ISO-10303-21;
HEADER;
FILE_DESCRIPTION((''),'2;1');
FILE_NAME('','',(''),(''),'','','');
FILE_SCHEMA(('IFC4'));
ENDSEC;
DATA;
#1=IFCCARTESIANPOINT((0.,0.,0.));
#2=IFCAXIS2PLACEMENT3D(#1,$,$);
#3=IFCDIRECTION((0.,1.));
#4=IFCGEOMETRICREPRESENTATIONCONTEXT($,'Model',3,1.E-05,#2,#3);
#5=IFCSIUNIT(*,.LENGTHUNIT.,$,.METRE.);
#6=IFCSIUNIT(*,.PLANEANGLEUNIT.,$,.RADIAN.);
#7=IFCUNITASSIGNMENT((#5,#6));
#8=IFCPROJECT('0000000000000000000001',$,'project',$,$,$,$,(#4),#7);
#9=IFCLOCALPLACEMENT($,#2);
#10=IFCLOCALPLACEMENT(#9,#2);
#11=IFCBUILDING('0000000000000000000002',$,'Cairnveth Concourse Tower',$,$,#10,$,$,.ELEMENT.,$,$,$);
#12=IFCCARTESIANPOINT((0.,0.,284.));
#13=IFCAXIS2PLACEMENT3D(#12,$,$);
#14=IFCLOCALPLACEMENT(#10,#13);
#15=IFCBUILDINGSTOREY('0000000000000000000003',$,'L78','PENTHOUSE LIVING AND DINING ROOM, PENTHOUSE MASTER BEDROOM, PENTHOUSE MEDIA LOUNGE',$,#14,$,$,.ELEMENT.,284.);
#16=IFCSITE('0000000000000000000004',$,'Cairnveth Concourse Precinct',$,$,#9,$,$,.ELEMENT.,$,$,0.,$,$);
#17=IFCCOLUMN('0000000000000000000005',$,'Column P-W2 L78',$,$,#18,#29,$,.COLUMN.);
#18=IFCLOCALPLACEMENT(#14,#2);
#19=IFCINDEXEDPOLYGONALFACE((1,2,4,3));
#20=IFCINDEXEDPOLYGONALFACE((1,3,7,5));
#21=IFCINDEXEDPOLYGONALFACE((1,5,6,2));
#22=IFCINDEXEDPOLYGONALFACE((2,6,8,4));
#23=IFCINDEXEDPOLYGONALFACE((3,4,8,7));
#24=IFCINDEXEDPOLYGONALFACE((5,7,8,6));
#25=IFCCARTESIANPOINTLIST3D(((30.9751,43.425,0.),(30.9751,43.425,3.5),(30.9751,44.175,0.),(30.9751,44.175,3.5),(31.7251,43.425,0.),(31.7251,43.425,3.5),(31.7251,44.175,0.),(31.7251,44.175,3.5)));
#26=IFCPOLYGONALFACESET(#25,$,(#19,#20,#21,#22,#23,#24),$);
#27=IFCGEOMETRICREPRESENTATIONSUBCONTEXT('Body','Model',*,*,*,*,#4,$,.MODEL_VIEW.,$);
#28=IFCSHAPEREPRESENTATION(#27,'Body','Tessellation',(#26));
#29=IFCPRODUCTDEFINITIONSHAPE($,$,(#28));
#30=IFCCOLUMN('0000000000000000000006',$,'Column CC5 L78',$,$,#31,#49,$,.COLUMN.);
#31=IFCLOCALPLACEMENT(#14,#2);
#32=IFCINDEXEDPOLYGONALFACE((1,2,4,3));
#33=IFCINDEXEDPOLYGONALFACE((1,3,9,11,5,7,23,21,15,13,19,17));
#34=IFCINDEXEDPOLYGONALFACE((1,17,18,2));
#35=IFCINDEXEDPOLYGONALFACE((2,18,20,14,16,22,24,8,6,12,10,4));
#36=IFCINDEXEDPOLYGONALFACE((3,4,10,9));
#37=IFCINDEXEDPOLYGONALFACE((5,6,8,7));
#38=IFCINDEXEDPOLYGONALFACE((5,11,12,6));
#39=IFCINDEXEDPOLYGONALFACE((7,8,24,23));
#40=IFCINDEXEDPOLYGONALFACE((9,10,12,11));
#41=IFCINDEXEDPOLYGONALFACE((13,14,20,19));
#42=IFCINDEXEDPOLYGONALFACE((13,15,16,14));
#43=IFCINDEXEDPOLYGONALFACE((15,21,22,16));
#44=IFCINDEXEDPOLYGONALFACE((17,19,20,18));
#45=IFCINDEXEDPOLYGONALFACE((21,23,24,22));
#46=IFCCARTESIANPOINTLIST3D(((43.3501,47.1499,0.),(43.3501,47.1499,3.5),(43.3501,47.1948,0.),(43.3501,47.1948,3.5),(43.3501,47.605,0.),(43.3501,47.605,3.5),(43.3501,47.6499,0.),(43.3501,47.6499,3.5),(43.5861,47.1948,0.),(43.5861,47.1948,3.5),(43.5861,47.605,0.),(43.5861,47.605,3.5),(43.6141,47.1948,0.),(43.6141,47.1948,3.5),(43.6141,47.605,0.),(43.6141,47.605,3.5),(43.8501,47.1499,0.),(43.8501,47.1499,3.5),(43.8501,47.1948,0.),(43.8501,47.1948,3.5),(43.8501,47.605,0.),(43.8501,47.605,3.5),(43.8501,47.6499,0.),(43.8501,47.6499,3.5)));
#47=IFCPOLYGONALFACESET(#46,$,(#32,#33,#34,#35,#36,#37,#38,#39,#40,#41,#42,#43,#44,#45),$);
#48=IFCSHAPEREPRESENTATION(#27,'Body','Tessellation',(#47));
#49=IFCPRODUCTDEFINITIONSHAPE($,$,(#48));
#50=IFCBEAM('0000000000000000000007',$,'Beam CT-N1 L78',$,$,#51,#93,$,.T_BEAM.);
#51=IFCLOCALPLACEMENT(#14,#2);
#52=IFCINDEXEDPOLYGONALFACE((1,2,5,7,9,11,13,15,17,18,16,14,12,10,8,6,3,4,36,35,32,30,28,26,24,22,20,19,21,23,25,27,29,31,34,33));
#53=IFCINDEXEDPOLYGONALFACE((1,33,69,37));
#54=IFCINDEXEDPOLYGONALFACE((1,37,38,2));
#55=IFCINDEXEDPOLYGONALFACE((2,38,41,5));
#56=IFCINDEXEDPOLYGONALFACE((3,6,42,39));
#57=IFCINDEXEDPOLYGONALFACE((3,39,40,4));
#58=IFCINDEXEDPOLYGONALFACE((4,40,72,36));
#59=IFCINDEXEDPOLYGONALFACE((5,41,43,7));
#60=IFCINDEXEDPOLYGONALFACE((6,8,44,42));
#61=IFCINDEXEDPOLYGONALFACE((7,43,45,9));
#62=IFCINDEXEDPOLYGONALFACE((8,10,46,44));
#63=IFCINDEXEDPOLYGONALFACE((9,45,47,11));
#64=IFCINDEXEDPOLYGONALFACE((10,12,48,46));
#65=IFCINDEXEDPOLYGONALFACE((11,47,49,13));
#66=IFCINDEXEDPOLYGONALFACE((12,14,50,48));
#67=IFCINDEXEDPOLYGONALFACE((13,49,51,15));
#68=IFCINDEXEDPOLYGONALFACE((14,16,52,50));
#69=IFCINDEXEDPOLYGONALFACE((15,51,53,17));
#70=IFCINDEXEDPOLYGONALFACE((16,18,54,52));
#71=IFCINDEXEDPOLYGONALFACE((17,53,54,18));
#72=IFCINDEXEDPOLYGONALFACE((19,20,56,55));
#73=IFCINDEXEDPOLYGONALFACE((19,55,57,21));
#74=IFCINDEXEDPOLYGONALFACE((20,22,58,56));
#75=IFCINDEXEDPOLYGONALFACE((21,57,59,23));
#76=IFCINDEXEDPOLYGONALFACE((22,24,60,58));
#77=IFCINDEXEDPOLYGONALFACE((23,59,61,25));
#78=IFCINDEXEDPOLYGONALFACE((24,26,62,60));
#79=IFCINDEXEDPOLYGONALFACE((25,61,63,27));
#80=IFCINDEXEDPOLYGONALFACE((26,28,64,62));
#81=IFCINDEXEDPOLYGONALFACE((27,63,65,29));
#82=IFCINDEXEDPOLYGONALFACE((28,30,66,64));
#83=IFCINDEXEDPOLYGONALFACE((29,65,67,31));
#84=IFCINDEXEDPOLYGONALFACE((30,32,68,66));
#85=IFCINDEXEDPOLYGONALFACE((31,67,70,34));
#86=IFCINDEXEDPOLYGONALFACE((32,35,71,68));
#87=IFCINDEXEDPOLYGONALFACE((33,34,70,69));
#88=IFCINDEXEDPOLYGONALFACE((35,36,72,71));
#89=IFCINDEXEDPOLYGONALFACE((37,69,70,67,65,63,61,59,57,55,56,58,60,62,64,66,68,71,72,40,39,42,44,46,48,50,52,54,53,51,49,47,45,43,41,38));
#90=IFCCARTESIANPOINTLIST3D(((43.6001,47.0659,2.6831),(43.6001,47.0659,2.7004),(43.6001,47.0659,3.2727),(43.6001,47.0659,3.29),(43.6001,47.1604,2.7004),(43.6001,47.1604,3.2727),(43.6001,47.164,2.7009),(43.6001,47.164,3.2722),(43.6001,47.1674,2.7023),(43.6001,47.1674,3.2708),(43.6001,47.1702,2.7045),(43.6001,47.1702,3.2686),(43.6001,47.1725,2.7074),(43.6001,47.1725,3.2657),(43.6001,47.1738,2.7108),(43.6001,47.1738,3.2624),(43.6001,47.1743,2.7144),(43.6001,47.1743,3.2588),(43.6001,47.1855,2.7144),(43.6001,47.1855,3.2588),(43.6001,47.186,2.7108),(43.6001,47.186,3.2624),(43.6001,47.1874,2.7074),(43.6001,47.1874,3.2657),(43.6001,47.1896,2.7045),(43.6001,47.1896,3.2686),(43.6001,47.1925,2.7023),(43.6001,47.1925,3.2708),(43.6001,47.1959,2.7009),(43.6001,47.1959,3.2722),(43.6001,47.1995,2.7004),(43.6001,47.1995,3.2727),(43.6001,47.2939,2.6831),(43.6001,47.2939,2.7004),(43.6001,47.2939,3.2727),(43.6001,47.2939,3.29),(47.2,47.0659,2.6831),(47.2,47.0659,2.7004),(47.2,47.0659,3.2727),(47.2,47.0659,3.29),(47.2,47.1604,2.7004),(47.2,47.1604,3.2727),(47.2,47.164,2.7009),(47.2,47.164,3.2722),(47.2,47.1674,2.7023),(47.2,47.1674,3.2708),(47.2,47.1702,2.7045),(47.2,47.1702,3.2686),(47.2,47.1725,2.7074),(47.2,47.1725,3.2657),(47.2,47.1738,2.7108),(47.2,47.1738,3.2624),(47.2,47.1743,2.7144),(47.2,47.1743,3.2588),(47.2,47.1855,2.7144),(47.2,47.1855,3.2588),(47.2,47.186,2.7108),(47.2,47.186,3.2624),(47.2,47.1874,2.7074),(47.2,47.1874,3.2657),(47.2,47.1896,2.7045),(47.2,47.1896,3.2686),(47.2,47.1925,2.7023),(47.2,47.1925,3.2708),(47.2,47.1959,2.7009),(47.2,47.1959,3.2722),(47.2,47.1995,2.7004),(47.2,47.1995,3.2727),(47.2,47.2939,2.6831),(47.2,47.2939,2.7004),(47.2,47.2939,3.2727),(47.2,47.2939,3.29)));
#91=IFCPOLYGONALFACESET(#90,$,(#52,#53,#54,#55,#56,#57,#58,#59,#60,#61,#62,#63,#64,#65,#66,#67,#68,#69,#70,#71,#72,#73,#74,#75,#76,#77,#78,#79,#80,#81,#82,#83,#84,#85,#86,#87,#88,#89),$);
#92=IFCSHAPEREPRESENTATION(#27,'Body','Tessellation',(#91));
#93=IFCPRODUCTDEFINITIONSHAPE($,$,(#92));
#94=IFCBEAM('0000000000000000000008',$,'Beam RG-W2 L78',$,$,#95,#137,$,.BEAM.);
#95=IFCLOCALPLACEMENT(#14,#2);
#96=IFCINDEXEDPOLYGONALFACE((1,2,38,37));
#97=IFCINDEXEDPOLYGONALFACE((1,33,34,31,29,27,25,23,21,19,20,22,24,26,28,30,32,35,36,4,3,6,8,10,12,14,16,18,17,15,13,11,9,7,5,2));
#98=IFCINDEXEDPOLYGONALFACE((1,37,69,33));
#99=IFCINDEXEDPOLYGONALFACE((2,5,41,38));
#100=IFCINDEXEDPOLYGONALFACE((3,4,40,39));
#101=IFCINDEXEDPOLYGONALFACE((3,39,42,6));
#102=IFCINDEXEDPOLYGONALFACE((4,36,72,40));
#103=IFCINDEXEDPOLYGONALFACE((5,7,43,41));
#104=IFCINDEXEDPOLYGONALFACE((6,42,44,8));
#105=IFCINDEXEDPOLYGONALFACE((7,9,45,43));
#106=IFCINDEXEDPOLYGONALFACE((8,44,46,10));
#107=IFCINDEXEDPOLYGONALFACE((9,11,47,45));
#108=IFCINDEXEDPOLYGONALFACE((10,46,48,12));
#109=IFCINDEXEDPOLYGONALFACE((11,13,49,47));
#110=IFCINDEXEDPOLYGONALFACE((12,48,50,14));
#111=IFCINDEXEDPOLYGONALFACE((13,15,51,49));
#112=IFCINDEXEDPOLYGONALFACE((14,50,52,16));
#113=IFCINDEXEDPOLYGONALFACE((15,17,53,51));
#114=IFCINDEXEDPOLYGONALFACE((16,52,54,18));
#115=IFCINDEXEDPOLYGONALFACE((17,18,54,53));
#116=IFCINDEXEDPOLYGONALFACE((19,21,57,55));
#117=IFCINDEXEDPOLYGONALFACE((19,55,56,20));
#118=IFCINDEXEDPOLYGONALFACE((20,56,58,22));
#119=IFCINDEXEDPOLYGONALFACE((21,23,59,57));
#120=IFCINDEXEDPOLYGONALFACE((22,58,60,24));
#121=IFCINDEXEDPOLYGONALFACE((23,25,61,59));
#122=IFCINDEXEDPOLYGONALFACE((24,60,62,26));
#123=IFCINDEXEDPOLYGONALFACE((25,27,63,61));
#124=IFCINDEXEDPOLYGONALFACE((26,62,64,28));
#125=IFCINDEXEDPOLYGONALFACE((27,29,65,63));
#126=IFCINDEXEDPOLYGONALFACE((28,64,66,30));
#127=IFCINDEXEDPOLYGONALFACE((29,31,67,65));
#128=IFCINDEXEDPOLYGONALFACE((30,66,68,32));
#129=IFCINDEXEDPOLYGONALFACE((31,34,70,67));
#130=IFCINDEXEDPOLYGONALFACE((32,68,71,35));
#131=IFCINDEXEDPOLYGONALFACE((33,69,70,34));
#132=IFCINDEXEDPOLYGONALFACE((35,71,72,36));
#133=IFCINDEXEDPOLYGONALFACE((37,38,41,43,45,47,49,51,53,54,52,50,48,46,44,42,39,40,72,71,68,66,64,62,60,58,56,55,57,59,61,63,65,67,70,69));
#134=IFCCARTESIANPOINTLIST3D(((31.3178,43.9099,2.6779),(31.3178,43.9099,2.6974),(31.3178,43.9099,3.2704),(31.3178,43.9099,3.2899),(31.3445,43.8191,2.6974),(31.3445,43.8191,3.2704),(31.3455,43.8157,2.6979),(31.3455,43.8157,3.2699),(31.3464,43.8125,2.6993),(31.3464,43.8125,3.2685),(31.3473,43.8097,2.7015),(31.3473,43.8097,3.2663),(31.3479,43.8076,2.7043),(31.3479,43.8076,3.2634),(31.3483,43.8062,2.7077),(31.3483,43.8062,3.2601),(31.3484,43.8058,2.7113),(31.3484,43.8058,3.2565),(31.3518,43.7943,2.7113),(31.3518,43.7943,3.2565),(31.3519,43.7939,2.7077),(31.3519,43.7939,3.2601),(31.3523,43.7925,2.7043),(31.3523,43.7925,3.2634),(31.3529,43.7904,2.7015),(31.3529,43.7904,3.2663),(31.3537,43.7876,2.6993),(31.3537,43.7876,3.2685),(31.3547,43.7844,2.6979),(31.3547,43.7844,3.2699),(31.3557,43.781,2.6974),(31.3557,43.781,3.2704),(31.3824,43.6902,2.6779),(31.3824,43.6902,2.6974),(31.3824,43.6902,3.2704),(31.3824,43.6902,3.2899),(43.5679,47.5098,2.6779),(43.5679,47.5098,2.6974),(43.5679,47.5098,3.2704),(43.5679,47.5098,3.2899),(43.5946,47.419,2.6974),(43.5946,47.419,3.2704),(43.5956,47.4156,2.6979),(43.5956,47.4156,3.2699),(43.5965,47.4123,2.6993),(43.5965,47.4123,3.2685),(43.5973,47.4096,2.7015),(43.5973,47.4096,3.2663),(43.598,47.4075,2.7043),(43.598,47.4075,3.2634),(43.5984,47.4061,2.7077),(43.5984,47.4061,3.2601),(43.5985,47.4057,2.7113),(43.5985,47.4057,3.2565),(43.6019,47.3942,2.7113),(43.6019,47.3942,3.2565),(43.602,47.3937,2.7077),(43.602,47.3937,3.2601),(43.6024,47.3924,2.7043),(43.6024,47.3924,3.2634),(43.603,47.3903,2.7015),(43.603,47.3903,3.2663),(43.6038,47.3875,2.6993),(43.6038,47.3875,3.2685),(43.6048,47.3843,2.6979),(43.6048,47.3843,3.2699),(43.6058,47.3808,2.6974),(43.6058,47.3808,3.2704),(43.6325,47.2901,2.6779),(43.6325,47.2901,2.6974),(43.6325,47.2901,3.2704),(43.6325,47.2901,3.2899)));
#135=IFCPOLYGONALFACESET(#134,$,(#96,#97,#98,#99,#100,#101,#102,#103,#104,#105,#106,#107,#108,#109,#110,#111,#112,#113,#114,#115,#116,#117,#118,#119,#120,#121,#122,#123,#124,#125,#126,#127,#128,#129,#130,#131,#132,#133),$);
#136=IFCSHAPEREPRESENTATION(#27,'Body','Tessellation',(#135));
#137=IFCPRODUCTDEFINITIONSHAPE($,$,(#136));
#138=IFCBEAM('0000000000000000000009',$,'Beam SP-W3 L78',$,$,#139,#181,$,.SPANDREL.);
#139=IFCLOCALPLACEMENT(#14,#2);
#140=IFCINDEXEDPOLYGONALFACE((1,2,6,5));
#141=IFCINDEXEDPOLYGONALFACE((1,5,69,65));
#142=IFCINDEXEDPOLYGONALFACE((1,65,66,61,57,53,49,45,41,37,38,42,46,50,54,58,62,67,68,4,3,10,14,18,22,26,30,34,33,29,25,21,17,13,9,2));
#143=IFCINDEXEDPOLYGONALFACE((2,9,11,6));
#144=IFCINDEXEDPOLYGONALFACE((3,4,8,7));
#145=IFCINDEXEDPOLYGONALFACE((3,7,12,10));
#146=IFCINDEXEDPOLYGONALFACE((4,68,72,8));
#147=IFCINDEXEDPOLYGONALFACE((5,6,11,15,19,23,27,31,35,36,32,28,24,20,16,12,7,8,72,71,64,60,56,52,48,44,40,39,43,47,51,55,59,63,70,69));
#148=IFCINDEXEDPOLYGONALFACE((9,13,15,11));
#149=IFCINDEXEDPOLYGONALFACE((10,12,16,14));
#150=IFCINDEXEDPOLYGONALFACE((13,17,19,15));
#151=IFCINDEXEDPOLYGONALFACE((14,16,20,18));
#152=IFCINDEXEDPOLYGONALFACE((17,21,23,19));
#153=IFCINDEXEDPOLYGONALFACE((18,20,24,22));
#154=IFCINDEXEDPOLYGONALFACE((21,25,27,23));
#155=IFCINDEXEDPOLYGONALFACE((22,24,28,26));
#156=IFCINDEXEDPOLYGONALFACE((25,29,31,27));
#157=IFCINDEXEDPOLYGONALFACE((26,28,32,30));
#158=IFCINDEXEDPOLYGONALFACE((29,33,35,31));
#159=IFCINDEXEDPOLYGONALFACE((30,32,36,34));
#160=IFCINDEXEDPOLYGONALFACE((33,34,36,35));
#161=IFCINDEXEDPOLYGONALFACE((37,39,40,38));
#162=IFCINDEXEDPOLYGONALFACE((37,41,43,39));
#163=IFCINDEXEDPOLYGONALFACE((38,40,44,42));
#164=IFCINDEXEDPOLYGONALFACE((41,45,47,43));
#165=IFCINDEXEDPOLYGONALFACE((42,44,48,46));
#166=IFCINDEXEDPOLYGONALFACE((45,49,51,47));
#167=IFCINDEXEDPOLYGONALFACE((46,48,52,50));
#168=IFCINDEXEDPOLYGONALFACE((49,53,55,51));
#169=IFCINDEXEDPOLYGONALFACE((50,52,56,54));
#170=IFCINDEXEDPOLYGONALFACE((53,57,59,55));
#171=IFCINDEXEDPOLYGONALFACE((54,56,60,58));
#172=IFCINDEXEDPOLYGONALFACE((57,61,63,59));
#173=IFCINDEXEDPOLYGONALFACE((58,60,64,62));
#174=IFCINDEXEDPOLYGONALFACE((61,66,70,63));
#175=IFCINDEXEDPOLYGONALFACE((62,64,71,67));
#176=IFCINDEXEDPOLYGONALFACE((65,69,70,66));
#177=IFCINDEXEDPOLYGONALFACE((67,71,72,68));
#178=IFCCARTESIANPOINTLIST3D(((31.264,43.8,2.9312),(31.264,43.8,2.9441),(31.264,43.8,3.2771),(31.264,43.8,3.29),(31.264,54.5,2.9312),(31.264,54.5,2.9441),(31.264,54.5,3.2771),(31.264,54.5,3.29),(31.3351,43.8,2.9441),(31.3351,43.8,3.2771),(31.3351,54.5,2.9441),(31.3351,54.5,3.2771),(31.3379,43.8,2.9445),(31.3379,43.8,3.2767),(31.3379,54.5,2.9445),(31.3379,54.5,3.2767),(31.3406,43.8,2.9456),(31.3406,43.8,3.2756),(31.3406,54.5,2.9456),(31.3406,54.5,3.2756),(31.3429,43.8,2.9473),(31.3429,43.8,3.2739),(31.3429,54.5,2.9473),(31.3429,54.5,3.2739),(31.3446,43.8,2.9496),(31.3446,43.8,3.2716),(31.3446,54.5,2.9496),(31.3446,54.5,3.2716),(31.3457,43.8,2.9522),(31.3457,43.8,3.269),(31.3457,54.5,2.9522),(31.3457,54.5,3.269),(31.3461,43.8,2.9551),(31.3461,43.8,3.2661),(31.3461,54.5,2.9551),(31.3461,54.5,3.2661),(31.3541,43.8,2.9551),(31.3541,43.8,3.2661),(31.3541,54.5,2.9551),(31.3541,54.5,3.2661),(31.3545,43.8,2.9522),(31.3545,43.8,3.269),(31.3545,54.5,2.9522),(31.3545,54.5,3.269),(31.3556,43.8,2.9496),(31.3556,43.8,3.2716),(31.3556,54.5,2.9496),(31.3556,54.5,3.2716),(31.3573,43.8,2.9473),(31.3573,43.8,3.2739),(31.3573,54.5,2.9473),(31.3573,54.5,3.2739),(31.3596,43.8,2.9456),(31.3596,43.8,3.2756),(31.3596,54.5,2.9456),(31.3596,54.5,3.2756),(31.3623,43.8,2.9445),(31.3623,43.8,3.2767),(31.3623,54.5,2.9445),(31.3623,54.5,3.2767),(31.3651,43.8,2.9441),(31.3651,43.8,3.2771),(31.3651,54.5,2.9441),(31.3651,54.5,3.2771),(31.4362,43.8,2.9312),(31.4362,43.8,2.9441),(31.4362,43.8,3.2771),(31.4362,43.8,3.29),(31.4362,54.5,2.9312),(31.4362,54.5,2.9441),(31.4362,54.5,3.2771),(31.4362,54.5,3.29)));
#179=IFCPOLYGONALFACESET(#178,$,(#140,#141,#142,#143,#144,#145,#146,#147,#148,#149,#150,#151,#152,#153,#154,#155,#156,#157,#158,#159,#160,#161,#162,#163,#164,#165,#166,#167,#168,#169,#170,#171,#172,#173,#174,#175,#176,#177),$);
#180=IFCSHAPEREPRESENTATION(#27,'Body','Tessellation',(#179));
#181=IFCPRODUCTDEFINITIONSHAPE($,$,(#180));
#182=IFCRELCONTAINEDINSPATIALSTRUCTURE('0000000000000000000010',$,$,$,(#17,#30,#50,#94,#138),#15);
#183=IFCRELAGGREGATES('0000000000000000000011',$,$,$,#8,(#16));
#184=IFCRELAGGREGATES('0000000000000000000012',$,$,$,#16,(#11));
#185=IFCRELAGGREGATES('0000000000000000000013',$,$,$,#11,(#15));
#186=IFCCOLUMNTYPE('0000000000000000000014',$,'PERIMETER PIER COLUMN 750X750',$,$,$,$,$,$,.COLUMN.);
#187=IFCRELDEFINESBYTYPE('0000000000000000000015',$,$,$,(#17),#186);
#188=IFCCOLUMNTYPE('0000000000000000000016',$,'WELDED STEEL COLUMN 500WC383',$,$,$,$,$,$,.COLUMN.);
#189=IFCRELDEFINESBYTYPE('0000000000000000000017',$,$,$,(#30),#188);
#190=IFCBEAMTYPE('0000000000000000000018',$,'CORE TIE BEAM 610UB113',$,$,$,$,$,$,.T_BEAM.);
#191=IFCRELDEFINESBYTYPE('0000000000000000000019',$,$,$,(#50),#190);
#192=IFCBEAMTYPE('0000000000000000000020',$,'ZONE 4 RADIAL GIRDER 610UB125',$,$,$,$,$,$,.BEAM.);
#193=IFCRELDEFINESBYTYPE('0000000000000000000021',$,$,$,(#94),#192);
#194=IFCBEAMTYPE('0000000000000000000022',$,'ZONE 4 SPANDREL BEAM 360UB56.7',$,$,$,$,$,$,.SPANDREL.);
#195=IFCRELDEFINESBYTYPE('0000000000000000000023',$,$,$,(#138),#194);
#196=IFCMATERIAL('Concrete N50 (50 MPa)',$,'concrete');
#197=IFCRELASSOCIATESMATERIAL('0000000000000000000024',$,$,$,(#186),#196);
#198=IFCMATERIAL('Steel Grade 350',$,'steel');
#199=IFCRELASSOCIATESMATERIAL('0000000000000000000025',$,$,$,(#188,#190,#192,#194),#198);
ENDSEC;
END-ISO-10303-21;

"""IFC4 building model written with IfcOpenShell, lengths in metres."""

from ifc_helpers import new_model, si_unit, direction, frame, origin, origin_2d, place, context, subcontext, project, spatial, rectangle, i_section, extrude, material, material_profile, profile_set, type_object, element, save


model = new_model("IFC4")

# Units and contexts
model_context = context("Model", 3, precision=1e-05, world=origin(), true_north=direction((0.0, 1.0)))
body_context = subcontext(model_context, "Body", "Model", "MODEL_VIEW")
ifc_project = project(units=[si_unit("LENGTHUNIT", "METRE"), si_unit("PLANEANGLEUNIT", "RADIAN")], contexts=[model_context])

# Site, building, storey
site_placement = place(None, origin())
site = spatial("IfcSite", under=ifc_project, at=site_placement, Name="Cairnveth Concourse Precinct", CompositionType="ELEMENT", RefElevation=0.0)
building_placement = place(site_placement, origin())
building = spatial("IfcBuilding", under=site, at=building_placement, Name="Cairnveth Concourse Tower", CompositionType="ELEMENT")
storey_placement = place(building_placement, frame((0.0, 0.0, 284.0)))
storey = spatial("IfcBuildingStorey", under=building, at=storey_placement, Name="L78", Description="PENTHOUSE LIVING AND DINING ROOM, PENTHOUSE MASTER BEDROOM, PENTHOUSE MEDIA LOUNGE", CompositionType="ELEMENT", Elevation=284.0)

# Columns
ifc_material_1 = material(Name="Concrete N50 (50 MPa)", Category="concrete")
ifc_material_profile_1 = material_profile(ifc_material_1, rectangle(XDim=0.75, YDim=0.75, at=origin_2d()), Name="RC-COL-750x750")
ifc_profile_set_1 = profile_set([ifc_material_profile_1], Name="Concrete N50 (50 MPa)")
column_type_1 = type_object("IfcColumnType", Name="PERIMETER PIER COLUMN 750X750", PredefinedType="COLUMN", material=ifc_profile_set_1)
column_1_placement = place(storey_placement, frame((31.3501, 43.8, 0.0), z_axis=(0.0, 0.0, 1.0), x_axis=(0.0, 1.0, 0.0)))
element("IfcColumn", 1, at=column_1_placement, inside=storey, type_object=column_type_1, Name="Column P-W2 L78", PredefinedType="COLUMN", context=body_context, shape_type="SweptSolid", body=[
    extrude(rectangle(XDim=0.75, YDim=0.75, at=origin_2d()), origin(), (0.0, 0.0, 1.0), 3.5),
])
ifc_material_2 = material(Name="Steel Grade 350", Category="steel")
ifc_material_profile_2 = material_profile(ifc_material_2, i_section(OverallWidth=0.5, OverallDepth=0.5, WebThickness=0.0281, FlangeThickness=0.0449, at=origin_2d()), Name="500WC383")
ifc_profile_set_2 = profile_set([ifc_material_profile_2], Name="Steel Grade 350")
column_type_2 = type_object("IfcColumnType", Name="WELDED STEEL COLUMN 500WC383", PredefinedType="COLUMN", material=ifc_profile_set_2)
column_2_placement = place(storey_placement, frame((43.6001, 47.3999, 0.0), z_axis=(0.0, 0.0, 1.0), x_axis=(1.0, 0.0, 0.0)))
element("IfcColumn", 2, at=column_2_placement, inside=storey, type_object=column_type_2, Name="Column CC5 L78", PredefinedType="COLUMN", context=body_context, shape_type="SweptSolid", body=[
    extrude(i_section(OverallWidth=0.5, OverallDepth=0.5, WebThickness=0.0281, FlangeThickness=0.0449, at=origin_2d()), origin(), (0.0, 0.0, 1.0), 3.5),
])

# Beams
ifc_material_profile_3 = material_profile(ifc_material_2, i_section(OverallWidth=0.228, OverallDepth=0.6069, WebThickness=0.0112, FlangeThickness=0.0173, FilletRadius=0.0139, at=origin_2d()), Name="610UB113")
ifc_profile_set_3 = profile_set([ifc_material_profile_3], Name="Steel Grade 350")
beam_type_1 = type_object("IfcBeamType", Name="CORE TIE BEAM 610UB113", PredefinedType="T_BEAM", material=ifc_profile_set_3)
beam_1_placement = place(storey_placement, frame((43.6001, 47.1799, 2.9866), z_axis=(1.0, 0.0, 0.0), x_axis=(0.0, 1.0, 0.0)))
element("IfcBeam", 3, at=beam_1_placement, inside=storey, type_object=beam_type_1, Name="Beam CT-N1 L78", PredefinedType="T_BEAM", context=body_context, shape_type="SweptSolid", body=[
    extrude(i_section(OverallWidth=0.228, OverallDepth=0.6069, WebThickness=0.0112, FlangeThickness=0.0173, FilletRadius=0.0139, at=origin_2d()), origin(), (0.0, 0.0, 1.0), 3.5999),
])
ifc_material_profile_4 = material_profile(ifc_material_2, i_section(OverallWidth=0.229, OverallDepth=0.6121, WebThickness=0.012, FlangeThickness=0.0195, FilletRadius=0.0139, at=origin_2d()), Name="610UB125")
ifc_profile_set_4 = profile_set([ifc_material_profile_4], Name="Steel Grade 350")
beam_type_2 = type_object("IfcBeamType", Name="ZONE 4 RADIAL GIRDER 610UB125", PredefinedType="BEAM", material=ifc_profile_set_4)
beam_2_placement = place(storey_placement, frame((31.3501, 43.8, 2.9839), z_axis=(0.959431, 0.281944, 0.0), x_axis=(-0.281944, 0.959431, 0.0)))
element("IfcBeam", 4, at=beam_2_placement, inside=storey, type_object=beam_type_2, Name="Beam RG-W2 L78", PredefinedType="BEAM", context=body_context, shape_type="SweptSolid", body=[
    extrude(i_section(OverallWidth=0.229, OverallDepth=0.6121, WebThickness=0.012, FlangeThickness=0.0195, FilletRadius=0.0139, at=origin_2d()), origin(), (0.0, 0.0, 1.0), 12.7681),
])
ifc_material_profile_5 = material_profile(ifc_material_2, i_section(OverallWidth=0.1721, OverallDepth=0.3589, WebThickness=0.0081, FlangeThickness=0.0129, FilletRadius=0.011, at=origin_2d()), Name="360UB56.7")
ifc_profile_set_5 = profile_set([ifc_material_profile_5], Name="Steel Grade 350")
beam_type_3 = type_object("IfcBeamType", Name="ZONE 4 SPANDREL BEAM 360UB56.7", PredefinedType="SPANDREL", material=ifc_profile_set_5)
beam_3_placement = place(storey_placement, frame((31.3501, 43.8, 3.1106), z_axis=(0.0, 1.0, 0.0), x_axis=(-1.0, 0.0, 0.0)))
element("IfcBeam", 5, at=beam_3_placement, inside=storey, type_object=beam_type_3, Name="Beam SP-W3 L78", PredefinedType="SPANDREL", context=body_context, shape_type="SweptSolid", body=[
    extrude(i_section(OverallWidth=0.1721, OverallDepth=0.3589, WebThickness=0.0081, FlangeThickness=0.0129, FilletRadius=0.011, at=origin_2d()), origin(), (0.0, 0.0, 1.0), 10.7),
])

save(model, "model.ifc")
